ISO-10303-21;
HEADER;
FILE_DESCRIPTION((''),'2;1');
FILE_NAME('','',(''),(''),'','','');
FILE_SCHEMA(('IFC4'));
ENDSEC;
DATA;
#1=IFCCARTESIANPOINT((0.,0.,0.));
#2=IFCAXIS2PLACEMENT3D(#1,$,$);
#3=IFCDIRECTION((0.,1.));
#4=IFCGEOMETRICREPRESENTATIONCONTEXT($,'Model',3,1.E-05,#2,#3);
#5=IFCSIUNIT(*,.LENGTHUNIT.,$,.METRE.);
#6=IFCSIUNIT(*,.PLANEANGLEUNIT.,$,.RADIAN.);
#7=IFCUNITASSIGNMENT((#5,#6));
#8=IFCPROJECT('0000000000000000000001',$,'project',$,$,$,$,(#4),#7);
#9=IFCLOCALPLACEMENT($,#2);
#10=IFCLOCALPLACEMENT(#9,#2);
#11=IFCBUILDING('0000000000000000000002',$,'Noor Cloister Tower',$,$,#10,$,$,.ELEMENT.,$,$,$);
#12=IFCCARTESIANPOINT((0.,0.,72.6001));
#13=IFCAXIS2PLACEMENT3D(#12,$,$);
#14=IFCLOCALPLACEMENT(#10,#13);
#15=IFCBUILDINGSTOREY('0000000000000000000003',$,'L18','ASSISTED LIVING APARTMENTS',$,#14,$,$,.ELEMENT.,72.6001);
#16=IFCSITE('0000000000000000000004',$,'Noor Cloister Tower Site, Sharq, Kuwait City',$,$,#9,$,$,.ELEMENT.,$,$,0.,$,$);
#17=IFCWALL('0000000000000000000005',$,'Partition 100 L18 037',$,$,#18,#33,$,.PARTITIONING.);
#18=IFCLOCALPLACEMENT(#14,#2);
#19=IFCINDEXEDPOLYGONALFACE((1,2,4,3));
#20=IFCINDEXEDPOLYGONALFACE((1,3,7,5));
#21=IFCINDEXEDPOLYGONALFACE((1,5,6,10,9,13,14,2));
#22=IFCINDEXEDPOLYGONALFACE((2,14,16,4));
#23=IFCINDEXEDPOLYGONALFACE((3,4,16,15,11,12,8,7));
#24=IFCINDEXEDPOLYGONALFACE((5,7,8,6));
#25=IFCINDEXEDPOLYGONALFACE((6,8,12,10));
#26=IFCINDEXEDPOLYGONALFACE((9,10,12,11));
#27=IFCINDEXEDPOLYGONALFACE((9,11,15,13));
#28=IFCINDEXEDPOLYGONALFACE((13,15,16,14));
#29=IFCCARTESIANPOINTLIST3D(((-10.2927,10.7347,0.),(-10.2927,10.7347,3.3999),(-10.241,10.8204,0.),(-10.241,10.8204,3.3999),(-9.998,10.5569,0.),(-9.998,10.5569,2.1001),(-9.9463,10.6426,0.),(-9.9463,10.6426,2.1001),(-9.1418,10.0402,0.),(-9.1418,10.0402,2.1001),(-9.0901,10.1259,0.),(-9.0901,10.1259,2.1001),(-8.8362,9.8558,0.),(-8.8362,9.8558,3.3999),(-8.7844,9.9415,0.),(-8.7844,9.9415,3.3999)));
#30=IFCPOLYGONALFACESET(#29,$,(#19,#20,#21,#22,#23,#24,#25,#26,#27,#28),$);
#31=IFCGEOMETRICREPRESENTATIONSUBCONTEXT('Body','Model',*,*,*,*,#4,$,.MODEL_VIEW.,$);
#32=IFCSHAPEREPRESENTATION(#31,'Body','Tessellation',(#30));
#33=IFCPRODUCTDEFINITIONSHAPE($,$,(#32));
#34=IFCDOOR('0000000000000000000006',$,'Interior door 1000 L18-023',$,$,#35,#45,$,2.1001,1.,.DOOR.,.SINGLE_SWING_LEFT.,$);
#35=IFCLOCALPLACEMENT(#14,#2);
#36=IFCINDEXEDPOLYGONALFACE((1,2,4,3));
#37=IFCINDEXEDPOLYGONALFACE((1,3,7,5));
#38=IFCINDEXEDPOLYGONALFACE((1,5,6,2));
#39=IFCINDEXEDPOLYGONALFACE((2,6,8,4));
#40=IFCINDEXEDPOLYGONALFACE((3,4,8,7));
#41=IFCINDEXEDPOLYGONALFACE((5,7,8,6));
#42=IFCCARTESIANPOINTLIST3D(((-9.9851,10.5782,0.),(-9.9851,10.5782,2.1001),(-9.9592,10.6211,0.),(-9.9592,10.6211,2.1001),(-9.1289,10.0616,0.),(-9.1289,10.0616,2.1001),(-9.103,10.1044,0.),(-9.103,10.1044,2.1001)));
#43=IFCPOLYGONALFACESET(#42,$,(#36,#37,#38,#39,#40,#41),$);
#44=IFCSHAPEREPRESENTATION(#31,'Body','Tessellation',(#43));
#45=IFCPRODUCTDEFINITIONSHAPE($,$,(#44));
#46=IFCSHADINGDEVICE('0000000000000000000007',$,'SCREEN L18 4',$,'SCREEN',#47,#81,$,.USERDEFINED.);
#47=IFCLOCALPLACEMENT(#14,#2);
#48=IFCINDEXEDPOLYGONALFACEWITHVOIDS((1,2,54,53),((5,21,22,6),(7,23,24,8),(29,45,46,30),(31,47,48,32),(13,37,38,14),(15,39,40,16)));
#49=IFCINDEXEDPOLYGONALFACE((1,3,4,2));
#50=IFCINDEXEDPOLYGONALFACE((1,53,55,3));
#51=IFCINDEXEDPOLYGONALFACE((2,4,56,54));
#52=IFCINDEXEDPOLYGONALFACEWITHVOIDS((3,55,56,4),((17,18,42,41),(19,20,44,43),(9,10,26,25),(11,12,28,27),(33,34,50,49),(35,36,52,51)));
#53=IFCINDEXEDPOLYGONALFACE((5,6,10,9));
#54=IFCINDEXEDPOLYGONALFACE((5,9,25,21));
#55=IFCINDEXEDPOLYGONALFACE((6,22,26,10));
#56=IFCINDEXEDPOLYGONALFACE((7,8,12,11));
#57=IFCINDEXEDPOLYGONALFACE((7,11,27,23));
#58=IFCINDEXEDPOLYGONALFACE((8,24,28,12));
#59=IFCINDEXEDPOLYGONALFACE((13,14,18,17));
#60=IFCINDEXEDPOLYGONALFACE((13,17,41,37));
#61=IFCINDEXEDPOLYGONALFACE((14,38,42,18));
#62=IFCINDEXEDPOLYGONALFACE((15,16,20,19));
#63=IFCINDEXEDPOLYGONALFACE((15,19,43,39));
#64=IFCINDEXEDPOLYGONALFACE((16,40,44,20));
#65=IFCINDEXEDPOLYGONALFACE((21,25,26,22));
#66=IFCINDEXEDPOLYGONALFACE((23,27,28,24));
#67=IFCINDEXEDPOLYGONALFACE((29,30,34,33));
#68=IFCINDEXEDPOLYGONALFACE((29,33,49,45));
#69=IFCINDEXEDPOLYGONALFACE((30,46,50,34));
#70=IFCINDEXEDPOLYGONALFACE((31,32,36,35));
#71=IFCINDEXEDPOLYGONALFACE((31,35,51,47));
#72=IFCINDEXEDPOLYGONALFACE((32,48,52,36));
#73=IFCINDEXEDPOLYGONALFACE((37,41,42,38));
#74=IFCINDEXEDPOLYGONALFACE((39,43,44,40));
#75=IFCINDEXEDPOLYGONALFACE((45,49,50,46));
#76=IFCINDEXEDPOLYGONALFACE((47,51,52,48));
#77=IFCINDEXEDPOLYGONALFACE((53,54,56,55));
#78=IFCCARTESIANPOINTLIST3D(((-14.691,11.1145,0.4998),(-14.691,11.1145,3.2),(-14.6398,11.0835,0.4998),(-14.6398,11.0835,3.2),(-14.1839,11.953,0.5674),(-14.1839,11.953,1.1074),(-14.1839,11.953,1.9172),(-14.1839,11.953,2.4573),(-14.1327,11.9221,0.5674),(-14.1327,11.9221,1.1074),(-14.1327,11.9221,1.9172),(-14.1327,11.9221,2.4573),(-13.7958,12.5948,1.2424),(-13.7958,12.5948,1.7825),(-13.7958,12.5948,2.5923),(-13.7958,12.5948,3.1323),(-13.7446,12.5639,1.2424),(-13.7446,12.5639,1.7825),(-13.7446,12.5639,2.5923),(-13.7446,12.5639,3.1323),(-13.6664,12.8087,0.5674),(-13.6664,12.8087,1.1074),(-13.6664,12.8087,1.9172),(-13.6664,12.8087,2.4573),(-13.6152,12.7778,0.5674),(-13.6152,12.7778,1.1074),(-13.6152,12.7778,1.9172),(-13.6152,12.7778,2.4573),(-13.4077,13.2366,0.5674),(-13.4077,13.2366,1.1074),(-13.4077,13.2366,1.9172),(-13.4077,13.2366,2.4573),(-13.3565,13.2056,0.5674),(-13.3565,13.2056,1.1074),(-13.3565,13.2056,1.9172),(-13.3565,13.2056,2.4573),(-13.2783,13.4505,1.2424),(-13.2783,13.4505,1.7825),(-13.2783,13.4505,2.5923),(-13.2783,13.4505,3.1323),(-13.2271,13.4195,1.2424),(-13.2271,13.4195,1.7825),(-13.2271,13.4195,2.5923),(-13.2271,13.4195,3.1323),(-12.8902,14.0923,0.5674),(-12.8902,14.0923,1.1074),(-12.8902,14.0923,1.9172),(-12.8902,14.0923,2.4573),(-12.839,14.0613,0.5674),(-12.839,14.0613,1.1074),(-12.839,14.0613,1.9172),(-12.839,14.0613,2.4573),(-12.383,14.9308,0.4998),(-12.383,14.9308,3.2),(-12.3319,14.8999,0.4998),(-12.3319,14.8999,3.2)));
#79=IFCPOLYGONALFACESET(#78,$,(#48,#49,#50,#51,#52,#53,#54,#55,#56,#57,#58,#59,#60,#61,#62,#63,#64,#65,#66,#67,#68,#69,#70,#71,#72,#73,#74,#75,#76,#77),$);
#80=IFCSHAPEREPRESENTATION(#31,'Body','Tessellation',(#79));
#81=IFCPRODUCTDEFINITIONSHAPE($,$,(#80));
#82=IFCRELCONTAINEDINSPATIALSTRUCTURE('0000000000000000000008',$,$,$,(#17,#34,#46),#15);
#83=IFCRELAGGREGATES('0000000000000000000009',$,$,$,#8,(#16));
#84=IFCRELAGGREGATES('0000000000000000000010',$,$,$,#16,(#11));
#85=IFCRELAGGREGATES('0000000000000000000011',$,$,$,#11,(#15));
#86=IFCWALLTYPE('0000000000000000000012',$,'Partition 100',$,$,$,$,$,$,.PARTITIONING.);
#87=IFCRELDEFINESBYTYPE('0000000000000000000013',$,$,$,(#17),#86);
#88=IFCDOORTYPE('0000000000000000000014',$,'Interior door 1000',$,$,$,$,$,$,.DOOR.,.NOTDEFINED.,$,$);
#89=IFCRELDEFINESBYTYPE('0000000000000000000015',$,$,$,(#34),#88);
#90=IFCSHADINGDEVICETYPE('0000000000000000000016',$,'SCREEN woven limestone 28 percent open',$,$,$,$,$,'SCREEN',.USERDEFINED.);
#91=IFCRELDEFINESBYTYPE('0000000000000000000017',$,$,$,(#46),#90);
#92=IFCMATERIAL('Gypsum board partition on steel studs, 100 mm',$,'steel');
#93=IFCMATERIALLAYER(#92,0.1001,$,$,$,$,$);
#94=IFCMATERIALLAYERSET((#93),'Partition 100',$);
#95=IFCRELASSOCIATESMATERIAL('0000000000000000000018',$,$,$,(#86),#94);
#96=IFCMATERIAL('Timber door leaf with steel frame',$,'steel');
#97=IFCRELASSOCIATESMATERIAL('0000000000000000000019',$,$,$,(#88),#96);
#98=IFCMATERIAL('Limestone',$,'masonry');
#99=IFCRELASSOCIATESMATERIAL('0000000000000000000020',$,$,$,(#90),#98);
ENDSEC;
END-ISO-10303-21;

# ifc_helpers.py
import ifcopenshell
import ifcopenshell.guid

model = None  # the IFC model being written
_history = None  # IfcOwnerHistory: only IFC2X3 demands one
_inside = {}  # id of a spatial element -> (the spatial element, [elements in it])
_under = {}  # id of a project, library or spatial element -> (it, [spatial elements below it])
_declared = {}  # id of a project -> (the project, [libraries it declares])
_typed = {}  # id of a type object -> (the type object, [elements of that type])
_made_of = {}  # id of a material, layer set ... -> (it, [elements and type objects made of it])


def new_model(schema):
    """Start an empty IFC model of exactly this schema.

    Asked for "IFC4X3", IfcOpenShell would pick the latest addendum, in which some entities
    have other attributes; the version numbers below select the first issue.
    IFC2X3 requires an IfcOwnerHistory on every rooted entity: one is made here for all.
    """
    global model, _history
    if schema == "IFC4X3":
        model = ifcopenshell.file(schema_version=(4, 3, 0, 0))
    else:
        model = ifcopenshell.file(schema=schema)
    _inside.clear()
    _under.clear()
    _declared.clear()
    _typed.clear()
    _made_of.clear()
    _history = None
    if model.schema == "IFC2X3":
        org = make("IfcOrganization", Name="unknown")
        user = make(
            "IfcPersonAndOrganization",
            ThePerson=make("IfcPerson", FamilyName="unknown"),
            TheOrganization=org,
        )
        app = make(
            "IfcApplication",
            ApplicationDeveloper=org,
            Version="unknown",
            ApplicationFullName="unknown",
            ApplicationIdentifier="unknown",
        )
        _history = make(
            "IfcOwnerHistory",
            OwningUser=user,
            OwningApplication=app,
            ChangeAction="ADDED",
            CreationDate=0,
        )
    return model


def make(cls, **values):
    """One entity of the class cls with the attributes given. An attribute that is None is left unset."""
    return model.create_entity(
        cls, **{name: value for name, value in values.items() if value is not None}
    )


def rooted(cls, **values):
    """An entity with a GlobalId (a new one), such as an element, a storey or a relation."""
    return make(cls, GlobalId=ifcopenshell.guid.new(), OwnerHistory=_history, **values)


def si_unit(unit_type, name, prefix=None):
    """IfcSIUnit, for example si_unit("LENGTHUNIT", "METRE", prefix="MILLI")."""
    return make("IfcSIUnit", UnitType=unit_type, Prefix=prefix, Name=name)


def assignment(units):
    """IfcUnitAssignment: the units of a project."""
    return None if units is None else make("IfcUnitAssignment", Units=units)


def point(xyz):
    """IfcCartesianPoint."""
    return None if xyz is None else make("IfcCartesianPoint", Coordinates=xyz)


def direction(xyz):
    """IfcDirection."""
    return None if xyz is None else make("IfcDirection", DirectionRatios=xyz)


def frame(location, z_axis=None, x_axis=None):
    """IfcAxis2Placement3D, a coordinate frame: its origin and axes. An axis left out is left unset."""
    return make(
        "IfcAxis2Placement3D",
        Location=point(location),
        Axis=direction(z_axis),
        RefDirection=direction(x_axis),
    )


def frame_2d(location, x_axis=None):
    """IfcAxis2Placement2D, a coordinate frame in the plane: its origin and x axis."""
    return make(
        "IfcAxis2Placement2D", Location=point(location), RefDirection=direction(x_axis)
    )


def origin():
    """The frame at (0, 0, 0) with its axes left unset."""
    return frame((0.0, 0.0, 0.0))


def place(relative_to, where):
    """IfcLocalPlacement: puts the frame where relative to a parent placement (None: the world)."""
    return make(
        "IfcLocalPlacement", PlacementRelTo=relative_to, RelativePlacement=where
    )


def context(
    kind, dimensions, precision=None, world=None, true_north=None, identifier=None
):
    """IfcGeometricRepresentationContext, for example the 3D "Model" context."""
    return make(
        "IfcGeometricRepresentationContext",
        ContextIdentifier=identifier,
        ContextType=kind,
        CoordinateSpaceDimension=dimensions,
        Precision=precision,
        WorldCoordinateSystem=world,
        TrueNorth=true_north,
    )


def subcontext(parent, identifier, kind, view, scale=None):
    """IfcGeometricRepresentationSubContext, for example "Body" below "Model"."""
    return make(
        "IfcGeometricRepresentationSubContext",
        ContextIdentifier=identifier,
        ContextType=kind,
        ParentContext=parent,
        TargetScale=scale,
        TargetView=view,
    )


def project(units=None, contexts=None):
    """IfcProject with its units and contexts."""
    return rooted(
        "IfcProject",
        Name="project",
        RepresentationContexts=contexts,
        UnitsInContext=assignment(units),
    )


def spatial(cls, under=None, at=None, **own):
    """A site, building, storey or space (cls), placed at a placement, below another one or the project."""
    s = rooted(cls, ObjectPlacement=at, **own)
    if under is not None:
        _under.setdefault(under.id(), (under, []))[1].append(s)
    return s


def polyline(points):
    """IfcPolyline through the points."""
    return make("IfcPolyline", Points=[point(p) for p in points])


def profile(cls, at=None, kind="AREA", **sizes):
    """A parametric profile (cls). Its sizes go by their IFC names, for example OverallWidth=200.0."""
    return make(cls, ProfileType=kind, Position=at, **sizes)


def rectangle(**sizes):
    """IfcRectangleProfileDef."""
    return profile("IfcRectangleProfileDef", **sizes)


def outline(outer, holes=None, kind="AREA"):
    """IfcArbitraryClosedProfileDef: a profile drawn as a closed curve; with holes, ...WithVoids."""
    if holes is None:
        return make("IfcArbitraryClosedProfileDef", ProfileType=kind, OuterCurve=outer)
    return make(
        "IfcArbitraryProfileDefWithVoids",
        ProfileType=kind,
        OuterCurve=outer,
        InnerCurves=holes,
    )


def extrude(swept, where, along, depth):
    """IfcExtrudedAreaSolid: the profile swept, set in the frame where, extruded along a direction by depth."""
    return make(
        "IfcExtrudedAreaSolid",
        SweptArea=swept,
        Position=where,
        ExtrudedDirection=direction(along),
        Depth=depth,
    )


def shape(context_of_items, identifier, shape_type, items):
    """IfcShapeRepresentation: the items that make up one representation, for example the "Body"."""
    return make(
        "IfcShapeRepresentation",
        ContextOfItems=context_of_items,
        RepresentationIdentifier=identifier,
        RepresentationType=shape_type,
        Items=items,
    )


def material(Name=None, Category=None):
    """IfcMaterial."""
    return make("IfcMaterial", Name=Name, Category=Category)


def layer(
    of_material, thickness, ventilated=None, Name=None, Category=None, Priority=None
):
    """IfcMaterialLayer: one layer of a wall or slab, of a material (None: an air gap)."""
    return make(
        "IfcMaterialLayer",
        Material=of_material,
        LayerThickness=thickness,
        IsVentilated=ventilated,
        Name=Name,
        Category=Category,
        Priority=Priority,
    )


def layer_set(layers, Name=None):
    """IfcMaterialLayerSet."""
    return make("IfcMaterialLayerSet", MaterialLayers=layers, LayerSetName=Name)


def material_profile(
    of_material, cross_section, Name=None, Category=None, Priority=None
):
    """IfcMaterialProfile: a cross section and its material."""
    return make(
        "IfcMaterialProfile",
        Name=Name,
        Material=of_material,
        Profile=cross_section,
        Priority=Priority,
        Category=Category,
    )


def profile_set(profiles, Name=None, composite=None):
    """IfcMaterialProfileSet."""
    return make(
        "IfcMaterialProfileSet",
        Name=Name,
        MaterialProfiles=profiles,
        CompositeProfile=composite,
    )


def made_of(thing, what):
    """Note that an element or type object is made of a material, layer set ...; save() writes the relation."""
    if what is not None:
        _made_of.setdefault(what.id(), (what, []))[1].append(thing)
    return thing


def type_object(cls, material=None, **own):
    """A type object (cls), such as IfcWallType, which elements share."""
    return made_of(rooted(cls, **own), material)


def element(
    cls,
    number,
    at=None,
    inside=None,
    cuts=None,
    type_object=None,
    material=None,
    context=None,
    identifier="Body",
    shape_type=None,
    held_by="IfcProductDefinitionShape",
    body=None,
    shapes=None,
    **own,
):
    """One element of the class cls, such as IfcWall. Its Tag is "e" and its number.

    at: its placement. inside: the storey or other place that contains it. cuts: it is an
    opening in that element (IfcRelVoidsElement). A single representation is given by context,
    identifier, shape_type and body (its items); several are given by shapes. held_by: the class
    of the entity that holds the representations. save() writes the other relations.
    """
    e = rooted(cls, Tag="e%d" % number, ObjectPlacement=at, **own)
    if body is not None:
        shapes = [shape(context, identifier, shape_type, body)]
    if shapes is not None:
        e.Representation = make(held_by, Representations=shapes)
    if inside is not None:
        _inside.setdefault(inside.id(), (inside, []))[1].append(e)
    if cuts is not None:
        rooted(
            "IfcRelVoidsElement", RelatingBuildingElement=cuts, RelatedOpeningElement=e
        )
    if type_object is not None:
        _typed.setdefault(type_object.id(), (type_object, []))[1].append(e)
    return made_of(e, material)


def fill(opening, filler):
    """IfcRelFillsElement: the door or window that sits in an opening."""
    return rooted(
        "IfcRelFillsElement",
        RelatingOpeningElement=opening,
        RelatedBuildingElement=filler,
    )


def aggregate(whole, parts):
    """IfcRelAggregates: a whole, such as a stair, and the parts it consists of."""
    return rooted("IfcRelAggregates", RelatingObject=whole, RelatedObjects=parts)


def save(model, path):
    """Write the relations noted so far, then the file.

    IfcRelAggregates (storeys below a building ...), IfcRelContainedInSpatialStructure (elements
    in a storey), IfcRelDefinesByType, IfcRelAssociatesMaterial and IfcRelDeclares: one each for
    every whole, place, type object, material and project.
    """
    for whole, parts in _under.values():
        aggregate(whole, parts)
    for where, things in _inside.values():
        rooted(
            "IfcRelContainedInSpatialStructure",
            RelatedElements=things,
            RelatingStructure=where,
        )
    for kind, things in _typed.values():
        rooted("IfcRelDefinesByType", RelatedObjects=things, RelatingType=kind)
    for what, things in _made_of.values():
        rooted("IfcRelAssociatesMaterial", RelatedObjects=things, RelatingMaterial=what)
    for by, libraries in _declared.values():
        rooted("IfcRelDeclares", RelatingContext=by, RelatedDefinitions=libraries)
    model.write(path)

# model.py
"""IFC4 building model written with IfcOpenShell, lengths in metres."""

from ifc_helpers import new_model, si_unit, direction, frame, frame_2d, origin, place, context, subcontext, project, spatial, polyline, rectangle, outline, extrude, material, layer, layer_set, material_profile, profile_set, type_object, element, fill, save


model = new_model("IFC4")

# Units and contexts
model_context = context("Model", 3, precision=1e-05, world=origin(), true_north=direction((0.0, 1.0)))
body_context = subcontext(model_context, "Body", "Model", "MODEL_VIEW")
ifc_project = project(units=[si_unit("LENGTHUNIT", "METRE"), si_unit("PLANEANGLEUNIT", "RADIAN")], contexts=[model_context])

# Site, building, storey
site_placement = place(None, origin())
site = spatial("IfcSite", under=ifc_project, at=site_placement, Name="Noor Cloister Tower Site, Sharq, Kuwait City", CompositionType="ELEMENT", RefElevation=0.0)
building_placement = place(site_placement, origin())
building = spatial("IfcBuilding", under=site, at=building_placement, Name="Noor Cloister Tower", CompositionType="ELEMENT")
storey_placement = place(building_placement, frame((0.0, 0.0, 72.6001)))
storey = spatial("IfcBuildingStorey", under=building, at=storey_placement, Name="L18", Description="ASSISTED LIVING APARTMENTS", CompositionType="ELEMENT", Elevation=72.6001)

# Shared definitions
ifc_material_1 = material(Name="Gypsum board partition on steel studs, 100 mm", Category="steel")
ifc_layer_1 = layer(ifc_material_1, 0.1001)
ifc_layer_set_1 = layer_set([ifc_layer_1], Name="Partition 100")
wall_type_1 = type_object("IfcWallType", Name="Partition 100", PredefinedType="PARTITIONING", material=ifc_layer_set_1)

# Wall, opening, door
wall_1_placement = place(storey_placement, frame((-10.2668, 10.7776, 0.0), z_axis=(0.0, 0.0, 1.0), x_axis=(0.856199, -0.516647, 0.0)))
wall_1 = element("IfcWall", 1, at=wall_1_placement, inside=storey, type_object=wall_type_1, Name="Partition 100 L18 037", PredefinedType="PARTITIONING", context=body_context, shape_type="SweptSolid", body=[
    extrude(rectangle(XDim=1.7012, YDim=0.1001, at=frame_2d((0.8506, 0.0))), origin(), (0.0, 0.0, 1.0), 3.3999),
])
opening_1_placement = place(wall_1_placement, frame((0.3442, 0.0, 0.0)))
opening_1 = element("IfcOpeningElement", 2, at=opening_1_placement, cuts=wall_1, PredefinedType="OPENING", context=body_context, shape_type="SweptSolid", body=[
    extrude(rectangle(XDim=1.0, YDim=2.1001, at=frame_2d((0.5, 1.05))), frame((0.0, 0.0601, 0.0), z_axis=(0.0, -1.0, 0.0), x_axis=(1.0, 0.0, 0.0)), (0.0, 0.0, 1.0), 0.1201),
])
ifc_material_2 = material(Name="Timber door leaf with steel frame", Category="steel")
door_type_1 = type_object("IfcDoorType", Name="Interior door 1000", OperationType="NOTDEFINED", PredefinedType="DOOR", material=ifc_material_2)
door_1_placement = place(opening_1_placement, origin())
door_1 = element("IfcDoor", 3, at=door_1_placement, inside=storey, type_object=door_type_1, Name="Interior door 1000 L18-023", OperationType="SINGLE_SWING_LEFT", OverallHeight=2.1001, OverallWidth=1.0, PredefinedType="DOOR", context=body_context, shape_type="SweptSolid", body=[
    extrude(rectangle(XDim=1.0, YDim=2.1001, at=frame_2d((0.5, 1.05))), frame((0.0, 0.0249, 0.0), z_axis=(0.0, -1.0, 0.0), x_axis=(1.0, 0.0, 0.0)), (0.0, 0.0, 1.0), 0.05),
])
fill(opening_1, door_1)

# Shading device
ifc_material_3 = material(Name="Limestone", Category="masonry")
ifc_material_profile_1 = material_profile(ifc_material_3, outline(polyline([(-2.23, -1.3501), (2.23, -1.3501), (2.23, 1.3501), (-2.23, 1.3501), (-2.23, -1.3501)]), holes=[polyline([(-1.25, -1.2825), (-0.25, -1.2825), (-0.25, -0.7424), (-1.25, -0.7424), (-1.25, -1.2825)]), polyline([(0.25, -1.2825), (1.25, -1.2825), (1.25, -0.7424), (0.25, -0.7424), (0.25, -1.2825)]), polyline([(-0.5, -0.6074), (0.5, -0.6074), (0.5, -0.0674), (-0.5, -0.0674), (-0.5, -0.6074)]), polyline([(-1.25, 0.0674), (-0.25, 0.0674), (-0.25, 0.6074), (-1.25, 0.6074), (-1.25, 0.0674)]), polyline([(0.25, 0.0674), (1.25, 0.0674), (1.25, 0.6074), (0.25, 0.6074), (0.25, 0.0674)]), polyline([(-0.5, 0.7424), (0.5, 0.7424), (0.5, 1.2825), (-0.5, 1.2825), (-0.5, 0.7424)])]), Name="Woven screen 28 percent open")
ifc_profile_set_1 = profile_set([ifc_material_profile_1], Name="Limestone")
shading_device_type = type_object("IfcShadingDeviceType", Name="SCREEN woven limestone 28 percent open", ElementType="SCREEN", PredefinedType="USERDEFINED", material=ifc_profile_set_1)
shading_device_placement = place(storey_placement, frame((-13.4858, 12.9917, 1.8499), z_axis=(-0.85569, 0.517489, 0.0), x_axis=(-0.517489, -0.85569, 0.0)))
element("IfcShadingDevice", 4, at=shading_device_placement, inside=storey, type_object=shading_device_type, Name="SCREEN L18 4", ObjectType="SCREEN", PredefinedType="USERDEFINED", context=body_context, shape_type="SweptSolid", body=[
    extrude(outline(polyline([(-2.23, -1.3501), (2.23, -1.3501), (2.23, 1.3501), (-2.23, 1.3501), (-2.23, -1.3501)]), holes=[polyline([(-1.25, -1.2825), (-0.25, -1.2825), (-0.25, -0.7424), (-1.25, -0.7424), (-1.25, -1.2825)]), polyline([(0.25, -1.2825), (1.25, -1.2825), (1.25, -0.7424), (0.25, -0.7424), (0.25, -1.2825)]), polyline([(-0.5, -0.6074), (0.5, -0.6074), (0.5, -0.0674), (-0.5, -0.0674), (-0.5, -0.6074)]), polyline([(-1.25, 0.0674), (-0.25, 0.0674), (-0.25, 0.6074), (-1.25, 0.6074), (-1.25, 0.0674)]), polyline([(0.25, 0.0674), (1.25, 0.0674), (1.25, 0.6074), (0.25, 0.6074), (0.25, 0.0674)]), polyline([(-0.5, 0.7424), (0.5, 0.7424), (0.5, 1.2825), (-0.5, 1.2825), (-0.5, 0.7424)])]), origin(), (0.0, 0.0, 1.0), 0.0598),
])

save(model, "model.ifc")
